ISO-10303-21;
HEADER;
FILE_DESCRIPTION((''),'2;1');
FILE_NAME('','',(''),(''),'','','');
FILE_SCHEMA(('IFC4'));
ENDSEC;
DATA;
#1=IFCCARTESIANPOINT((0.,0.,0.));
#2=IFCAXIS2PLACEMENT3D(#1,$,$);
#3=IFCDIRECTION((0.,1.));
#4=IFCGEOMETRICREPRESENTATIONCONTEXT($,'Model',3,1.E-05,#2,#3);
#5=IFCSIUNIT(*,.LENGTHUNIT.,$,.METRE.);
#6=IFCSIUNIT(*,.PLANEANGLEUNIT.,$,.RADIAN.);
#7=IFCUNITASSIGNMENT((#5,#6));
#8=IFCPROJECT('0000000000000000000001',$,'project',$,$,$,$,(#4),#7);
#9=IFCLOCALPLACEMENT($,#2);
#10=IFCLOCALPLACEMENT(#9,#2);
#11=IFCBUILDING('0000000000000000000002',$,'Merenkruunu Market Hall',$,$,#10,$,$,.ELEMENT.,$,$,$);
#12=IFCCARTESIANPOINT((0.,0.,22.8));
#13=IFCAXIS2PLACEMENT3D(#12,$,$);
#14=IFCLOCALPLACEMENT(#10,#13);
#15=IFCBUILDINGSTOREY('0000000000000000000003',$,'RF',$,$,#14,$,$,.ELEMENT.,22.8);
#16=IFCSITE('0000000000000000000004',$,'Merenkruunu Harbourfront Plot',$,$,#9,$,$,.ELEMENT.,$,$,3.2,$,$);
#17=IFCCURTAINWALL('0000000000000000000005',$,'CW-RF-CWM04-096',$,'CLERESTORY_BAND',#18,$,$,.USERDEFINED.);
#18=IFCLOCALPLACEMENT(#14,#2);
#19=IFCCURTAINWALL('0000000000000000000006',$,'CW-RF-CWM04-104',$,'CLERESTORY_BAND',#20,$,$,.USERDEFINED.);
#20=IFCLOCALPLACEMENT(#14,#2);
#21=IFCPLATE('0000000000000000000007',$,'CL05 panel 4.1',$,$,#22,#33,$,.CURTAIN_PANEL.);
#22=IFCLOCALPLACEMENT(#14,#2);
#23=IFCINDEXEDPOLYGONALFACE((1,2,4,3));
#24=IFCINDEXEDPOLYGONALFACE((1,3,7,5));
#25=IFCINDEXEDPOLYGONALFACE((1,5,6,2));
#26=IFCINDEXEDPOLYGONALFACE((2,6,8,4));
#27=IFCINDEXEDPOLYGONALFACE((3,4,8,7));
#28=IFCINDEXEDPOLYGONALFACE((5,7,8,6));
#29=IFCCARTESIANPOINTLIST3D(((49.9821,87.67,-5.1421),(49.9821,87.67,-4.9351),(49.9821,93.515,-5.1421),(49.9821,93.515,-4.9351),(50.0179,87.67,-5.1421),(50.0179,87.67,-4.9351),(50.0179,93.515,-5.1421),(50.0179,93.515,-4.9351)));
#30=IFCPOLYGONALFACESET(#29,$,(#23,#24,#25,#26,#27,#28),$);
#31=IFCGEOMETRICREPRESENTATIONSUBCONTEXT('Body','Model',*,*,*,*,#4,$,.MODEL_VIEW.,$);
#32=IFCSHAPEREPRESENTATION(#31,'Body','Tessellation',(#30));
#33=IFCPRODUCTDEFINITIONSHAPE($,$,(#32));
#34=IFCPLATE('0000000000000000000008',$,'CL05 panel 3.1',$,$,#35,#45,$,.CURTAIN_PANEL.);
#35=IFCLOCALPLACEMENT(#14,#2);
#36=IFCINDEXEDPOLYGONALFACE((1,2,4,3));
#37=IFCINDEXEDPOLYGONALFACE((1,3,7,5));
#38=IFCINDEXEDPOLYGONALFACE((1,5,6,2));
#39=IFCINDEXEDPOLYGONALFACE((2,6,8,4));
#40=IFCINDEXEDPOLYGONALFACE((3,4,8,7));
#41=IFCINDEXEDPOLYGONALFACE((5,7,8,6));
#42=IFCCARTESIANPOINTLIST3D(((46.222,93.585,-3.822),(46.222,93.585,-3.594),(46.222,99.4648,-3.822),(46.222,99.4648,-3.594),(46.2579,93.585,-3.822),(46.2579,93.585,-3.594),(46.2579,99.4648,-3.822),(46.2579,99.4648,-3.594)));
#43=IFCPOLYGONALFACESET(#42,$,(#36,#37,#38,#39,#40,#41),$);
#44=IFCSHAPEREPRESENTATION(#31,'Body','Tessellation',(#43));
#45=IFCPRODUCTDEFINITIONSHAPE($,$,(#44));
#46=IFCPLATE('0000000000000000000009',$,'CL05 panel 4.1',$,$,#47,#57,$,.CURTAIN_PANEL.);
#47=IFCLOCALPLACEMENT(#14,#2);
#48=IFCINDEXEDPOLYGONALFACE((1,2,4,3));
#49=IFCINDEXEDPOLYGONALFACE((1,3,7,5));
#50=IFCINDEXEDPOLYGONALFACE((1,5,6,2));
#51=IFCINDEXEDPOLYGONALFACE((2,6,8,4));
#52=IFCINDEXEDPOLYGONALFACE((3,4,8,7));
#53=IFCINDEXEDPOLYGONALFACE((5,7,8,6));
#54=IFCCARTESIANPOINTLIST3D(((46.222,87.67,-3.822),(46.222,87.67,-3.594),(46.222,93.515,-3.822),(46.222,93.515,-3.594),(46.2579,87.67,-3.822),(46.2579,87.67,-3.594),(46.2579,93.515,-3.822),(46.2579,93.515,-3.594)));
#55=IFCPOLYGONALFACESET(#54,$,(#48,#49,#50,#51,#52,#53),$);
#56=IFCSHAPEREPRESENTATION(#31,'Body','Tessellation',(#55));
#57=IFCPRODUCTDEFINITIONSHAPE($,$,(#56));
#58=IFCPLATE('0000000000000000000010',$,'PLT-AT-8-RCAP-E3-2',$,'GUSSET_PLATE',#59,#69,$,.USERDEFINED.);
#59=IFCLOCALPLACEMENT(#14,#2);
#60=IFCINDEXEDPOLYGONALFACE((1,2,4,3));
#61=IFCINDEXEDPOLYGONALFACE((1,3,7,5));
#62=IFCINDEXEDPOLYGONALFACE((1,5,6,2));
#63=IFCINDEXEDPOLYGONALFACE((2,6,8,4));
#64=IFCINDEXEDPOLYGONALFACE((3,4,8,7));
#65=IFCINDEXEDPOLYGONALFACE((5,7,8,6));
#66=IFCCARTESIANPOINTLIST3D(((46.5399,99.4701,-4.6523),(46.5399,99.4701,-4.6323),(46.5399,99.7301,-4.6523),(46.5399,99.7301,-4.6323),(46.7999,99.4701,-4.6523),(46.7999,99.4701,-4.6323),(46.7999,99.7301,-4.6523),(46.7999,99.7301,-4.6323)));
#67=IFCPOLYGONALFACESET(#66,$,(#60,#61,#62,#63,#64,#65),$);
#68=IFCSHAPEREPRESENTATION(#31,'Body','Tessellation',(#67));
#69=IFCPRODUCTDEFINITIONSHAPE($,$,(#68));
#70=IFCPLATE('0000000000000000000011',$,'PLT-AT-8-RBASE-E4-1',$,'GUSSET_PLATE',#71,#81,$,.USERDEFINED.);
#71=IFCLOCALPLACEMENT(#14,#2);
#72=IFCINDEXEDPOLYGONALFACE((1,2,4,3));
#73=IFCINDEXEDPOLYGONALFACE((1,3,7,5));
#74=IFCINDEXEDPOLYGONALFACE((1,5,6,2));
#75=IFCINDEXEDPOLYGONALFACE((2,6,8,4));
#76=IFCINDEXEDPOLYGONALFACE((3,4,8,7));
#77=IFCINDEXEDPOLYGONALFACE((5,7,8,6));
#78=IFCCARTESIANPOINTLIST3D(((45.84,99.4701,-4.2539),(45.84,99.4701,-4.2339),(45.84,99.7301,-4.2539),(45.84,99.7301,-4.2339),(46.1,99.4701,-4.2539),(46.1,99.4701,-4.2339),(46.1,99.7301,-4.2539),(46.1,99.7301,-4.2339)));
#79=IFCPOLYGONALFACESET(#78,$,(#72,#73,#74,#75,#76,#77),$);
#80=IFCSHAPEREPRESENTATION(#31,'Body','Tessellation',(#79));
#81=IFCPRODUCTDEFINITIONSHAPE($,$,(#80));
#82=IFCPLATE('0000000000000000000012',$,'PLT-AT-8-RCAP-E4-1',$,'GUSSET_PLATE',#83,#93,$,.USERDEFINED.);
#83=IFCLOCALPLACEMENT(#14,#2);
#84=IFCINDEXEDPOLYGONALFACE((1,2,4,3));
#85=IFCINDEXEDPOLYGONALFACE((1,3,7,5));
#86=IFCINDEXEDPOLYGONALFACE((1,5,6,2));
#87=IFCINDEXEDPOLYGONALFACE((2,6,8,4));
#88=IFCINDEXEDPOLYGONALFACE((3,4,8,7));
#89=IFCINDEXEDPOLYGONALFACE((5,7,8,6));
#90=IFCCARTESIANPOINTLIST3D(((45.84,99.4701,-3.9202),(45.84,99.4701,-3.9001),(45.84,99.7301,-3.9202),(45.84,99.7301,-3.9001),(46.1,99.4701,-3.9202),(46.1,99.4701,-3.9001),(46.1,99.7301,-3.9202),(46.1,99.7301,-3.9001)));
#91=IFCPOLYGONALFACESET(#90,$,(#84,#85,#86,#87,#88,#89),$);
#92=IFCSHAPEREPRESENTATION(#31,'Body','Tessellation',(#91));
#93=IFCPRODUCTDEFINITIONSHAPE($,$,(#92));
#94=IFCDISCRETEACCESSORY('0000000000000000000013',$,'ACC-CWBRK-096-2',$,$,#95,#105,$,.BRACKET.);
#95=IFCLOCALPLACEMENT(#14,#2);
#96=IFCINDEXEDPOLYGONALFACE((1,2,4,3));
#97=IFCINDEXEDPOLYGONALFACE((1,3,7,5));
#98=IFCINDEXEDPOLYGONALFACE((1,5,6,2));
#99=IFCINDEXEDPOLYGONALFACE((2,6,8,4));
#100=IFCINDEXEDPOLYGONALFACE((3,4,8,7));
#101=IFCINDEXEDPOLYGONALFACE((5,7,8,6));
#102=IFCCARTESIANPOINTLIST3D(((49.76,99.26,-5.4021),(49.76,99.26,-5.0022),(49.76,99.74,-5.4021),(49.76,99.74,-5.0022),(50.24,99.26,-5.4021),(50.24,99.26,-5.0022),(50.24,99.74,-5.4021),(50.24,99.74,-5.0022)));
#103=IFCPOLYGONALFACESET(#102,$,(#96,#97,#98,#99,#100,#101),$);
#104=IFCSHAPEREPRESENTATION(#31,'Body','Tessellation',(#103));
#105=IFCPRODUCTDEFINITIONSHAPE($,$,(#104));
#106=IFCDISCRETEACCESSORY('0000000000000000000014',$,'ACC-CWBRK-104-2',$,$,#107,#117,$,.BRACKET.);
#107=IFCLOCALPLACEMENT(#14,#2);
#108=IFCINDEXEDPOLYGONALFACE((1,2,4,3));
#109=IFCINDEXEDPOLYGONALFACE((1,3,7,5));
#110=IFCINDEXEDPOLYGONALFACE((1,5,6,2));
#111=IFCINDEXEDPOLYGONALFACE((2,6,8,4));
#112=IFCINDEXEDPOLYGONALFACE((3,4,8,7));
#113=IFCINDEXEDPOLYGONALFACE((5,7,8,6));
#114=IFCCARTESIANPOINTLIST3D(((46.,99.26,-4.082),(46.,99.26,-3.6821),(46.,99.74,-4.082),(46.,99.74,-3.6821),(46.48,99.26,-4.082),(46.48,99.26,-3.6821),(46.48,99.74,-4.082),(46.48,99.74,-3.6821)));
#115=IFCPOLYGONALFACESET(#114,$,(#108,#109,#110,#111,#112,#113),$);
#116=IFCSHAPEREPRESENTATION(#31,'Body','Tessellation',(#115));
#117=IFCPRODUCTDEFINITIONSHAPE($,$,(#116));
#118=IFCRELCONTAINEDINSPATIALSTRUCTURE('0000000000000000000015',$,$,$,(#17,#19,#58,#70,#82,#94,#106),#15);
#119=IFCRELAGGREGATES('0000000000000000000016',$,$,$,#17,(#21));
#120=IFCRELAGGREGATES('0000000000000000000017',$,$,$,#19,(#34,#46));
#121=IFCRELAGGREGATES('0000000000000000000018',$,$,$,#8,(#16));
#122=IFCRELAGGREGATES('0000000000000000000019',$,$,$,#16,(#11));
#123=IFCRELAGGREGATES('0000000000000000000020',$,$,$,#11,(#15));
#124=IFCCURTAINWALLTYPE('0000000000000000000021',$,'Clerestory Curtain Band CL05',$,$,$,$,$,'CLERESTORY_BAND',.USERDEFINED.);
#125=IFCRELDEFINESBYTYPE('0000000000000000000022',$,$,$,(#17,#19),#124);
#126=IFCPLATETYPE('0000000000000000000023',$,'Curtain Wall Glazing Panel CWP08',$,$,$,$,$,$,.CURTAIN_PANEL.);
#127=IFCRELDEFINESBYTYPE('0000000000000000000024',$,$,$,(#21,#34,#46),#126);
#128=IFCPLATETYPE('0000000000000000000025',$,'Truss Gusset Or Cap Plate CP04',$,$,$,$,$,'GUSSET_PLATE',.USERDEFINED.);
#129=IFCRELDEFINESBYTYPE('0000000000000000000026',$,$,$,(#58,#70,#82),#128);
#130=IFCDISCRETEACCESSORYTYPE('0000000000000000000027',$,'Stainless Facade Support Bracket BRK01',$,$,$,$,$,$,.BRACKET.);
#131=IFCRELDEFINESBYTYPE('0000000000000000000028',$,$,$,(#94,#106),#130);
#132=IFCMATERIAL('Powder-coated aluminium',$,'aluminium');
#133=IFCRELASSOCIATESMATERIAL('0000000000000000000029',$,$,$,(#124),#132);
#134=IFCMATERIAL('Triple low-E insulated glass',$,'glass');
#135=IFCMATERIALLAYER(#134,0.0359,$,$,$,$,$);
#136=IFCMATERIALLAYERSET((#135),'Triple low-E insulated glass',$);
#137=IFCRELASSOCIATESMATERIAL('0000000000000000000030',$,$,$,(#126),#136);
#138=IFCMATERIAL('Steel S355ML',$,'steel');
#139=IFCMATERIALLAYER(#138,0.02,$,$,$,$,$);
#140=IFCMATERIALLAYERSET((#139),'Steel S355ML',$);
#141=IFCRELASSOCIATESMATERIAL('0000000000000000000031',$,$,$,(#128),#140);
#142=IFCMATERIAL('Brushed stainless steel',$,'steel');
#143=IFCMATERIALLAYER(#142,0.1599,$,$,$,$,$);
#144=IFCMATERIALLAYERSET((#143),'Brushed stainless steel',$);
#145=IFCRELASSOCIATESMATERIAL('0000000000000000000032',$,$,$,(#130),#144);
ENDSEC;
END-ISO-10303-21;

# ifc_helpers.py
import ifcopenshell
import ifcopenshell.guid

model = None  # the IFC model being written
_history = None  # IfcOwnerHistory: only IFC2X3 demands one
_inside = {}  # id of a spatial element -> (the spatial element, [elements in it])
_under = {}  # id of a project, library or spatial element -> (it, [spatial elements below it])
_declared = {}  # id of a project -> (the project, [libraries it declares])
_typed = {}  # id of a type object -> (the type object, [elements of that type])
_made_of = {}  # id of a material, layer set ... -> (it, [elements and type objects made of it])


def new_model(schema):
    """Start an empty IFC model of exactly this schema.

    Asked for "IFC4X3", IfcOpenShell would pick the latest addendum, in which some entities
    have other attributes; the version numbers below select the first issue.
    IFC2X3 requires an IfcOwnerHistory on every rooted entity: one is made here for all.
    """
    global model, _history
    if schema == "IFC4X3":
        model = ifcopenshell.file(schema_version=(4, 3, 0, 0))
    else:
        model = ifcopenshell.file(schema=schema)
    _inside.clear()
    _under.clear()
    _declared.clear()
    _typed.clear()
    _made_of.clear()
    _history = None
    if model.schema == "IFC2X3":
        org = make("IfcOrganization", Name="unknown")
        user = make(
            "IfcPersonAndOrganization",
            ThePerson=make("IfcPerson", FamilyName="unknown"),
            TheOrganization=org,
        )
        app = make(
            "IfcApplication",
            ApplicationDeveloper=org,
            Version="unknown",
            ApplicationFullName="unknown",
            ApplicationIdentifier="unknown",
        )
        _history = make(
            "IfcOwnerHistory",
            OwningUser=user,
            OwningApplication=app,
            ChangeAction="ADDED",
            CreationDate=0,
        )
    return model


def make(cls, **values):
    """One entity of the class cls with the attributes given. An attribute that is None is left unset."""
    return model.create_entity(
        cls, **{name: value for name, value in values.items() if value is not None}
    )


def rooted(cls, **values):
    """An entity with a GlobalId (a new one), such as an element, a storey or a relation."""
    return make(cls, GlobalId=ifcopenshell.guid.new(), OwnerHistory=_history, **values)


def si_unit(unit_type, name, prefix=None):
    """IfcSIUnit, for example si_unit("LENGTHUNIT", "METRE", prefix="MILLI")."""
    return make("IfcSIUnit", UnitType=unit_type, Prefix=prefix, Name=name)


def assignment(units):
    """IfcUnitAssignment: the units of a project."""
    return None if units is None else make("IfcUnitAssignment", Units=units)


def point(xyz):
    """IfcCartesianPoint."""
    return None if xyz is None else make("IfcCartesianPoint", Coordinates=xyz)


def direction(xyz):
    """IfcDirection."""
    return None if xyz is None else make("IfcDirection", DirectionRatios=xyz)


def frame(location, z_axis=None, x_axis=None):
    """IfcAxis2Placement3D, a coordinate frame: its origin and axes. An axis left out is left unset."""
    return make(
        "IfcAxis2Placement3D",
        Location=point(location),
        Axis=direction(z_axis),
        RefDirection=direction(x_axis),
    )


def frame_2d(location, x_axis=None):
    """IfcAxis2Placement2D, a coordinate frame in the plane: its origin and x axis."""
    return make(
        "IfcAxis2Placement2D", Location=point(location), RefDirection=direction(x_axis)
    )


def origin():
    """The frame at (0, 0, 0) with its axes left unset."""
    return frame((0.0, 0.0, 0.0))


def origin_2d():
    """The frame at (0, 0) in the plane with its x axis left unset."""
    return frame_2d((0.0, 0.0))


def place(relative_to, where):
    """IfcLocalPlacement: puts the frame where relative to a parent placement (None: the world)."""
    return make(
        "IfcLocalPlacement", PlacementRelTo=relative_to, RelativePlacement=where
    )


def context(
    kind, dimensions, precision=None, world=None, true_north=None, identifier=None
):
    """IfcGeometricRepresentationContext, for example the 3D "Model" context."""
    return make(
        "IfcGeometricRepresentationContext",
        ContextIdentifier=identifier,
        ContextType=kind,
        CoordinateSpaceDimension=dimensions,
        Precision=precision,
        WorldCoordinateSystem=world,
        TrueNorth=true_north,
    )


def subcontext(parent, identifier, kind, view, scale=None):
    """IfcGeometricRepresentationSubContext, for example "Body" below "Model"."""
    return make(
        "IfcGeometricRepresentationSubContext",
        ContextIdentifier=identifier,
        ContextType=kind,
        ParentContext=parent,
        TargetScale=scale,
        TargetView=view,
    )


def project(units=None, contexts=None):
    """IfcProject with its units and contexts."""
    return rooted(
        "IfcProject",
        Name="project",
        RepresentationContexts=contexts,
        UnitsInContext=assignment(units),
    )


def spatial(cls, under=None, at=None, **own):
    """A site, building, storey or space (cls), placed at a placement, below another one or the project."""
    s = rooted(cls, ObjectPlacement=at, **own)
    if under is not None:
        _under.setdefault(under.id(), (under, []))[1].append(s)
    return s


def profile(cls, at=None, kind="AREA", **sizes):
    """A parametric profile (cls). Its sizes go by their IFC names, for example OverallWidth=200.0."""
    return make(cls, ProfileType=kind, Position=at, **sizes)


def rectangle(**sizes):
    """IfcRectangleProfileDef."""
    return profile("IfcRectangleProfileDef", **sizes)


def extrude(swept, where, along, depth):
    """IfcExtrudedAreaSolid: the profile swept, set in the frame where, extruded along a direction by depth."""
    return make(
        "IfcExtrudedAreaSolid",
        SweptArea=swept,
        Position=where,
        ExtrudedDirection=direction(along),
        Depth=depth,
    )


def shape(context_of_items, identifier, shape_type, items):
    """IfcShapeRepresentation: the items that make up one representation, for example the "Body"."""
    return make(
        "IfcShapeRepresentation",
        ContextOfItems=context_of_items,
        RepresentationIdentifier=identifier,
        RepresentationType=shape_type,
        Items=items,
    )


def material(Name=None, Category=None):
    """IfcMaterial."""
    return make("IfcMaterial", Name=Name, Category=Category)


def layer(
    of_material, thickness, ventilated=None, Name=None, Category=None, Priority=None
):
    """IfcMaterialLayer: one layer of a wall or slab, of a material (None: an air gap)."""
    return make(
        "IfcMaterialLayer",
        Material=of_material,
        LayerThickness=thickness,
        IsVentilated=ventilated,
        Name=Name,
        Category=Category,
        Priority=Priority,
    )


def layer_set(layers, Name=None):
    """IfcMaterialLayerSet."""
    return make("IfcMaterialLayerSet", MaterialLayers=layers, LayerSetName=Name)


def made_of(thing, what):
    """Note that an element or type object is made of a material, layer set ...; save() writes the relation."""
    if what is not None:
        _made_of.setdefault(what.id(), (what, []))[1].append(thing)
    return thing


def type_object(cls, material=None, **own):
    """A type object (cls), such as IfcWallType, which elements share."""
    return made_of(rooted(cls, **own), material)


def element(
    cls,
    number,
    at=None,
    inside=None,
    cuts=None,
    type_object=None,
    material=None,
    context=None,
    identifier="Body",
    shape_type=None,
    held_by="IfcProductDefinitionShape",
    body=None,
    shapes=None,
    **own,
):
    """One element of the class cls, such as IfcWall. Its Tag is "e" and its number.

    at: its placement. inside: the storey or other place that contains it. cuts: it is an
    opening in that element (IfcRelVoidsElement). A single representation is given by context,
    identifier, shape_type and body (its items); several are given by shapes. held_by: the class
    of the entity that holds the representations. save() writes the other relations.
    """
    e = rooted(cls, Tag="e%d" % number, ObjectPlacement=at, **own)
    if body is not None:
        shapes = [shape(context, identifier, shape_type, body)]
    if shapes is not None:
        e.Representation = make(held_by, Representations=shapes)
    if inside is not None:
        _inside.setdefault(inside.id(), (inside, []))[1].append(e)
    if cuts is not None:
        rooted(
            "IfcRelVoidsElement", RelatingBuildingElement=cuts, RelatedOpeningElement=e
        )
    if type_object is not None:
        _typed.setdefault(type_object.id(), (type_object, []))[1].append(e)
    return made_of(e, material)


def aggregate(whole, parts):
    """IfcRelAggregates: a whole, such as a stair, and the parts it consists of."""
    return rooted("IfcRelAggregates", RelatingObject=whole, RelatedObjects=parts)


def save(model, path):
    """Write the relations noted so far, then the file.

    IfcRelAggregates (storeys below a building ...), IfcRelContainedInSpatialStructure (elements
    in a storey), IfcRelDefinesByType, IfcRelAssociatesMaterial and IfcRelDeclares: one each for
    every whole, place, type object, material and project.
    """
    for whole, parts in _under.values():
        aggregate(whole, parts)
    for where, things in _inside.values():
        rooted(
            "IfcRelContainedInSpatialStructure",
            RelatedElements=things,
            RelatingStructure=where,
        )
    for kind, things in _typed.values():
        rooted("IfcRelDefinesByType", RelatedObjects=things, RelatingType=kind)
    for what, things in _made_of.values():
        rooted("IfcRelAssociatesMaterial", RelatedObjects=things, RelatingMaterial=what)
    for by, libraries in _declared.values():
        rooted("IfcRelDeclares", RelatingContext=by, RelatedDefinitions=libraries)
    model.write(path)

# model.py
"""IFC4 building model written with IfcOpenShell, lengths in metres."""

from ifc_helpers import new_model, si_unit, direction, frame, origin, origin_2d, place, context, subcontext, project, spatial, rectangle, extrude, material, layer, layer_set, type_object, element, aggregate, save


model = new_model("IFC4")

# Units and contexts
model_context = context("Model", 3, precision=1e-05, world=origin(), true_north=direction((0.0, 1.0)))
body_context = subcontext(model_context, "Body", "Model", "MODEL_VIEW")
ifc_project = project(units=[si_unit("LENGTHUNIT", "METRE"), si_unit("PLANEANGLEUNIT", "RADIAN")], contexts=[model_context])

# Site, building, storey
site_placement = place(None, origin())
site = spatial("IfcSite", under=ifc_project, at=site_placement, Name="Merenkruunu Harbourfront Plot", CompositionType="ELEMENT", RefElevation=3.2)
building_placement = place(site_placement, origin())
building = spatial("IfcBuilding", under=site, at=building_placement, Name="Merenkruunu Market Hall", CompositionType="ELEMENT")
storey_placement = place(building_placement, frame((0.0, 0.0, 22.8)))
storey = spatial("IfcBuildingStorey", under=building, at=storey_placement, Name="RF", CompositionType="ELEMENT", Elevation=22.8)

# Shared definitions
ifc_material_1 = material(Name="Steel S355ML", Category="steel")

# Curtain walls
ifc_material_2 = material(Name="Powder-coated aluminium", Category="aluminium")
curtain_wall_type = type_object("IfcCurtainWallType", Name="Clerestory Curtain Band CL05", ElementType="CLERESTORY_BAND", PredefinedType="USERDEFINED", material=ifc_material_2)
curtain_wall_1_placement = place(storey_placement, origin())
curtain_wall_1 = element("IfcCurtainWall", 1, at=curtain_wall_1_placement, inside=storey, type_object=curtain_wall_type, Name="CW-RF-CWM04-096", ObjectType="CLERESTORY_BAND", PredefinedType="USERDEFINED")
curtain_wall_2_placement = place(storey_placement, origin())
curtain_wall_2 = element("IfcCurtainWall", 2, at=curtain_wall_2_placement, inside=storey, type_object=curtain_wall_type, Name="CW-RF-CWM04-104", ObjectType="CLERESTORY_BAND", PredefinedType="USERDEFINED")

# Plates
ifc_material_3 = material(Name="Triple low-E insulated glass", Category="glass")
ifc_layer_1 = layer(ifc_material_3, 0.0359)
ifc_layer_set_1 = layer_set([ifc_layer_1], Name="Triple low-E insulated glass")
plate_type_1 = type_object("IfcPlateType", Name="Curtain Wall Glazing Panel CWP08", PredefinedType="CURTAIN_PANEL", material=ifc_layer_set_1)
plate_1_placement = place(storey_placement, frame((50.0, 90.5925, -5.1421), z_axis=(0.0, 0.0, 1.0), x_axis=(0.0, -1.0, 0.0)))
plate_1 = element("IfcPlate", 3, at=plate_1_placement, type_object=plate_type_1, Name="CL05 panel 4.1", PredefinedType="CURTAIN_PANEL", context=body_context, shape_type="SweptSolid", body=[
    extrude(rectangle(XDim=5.845, YDim=0.0359, at=origin_2d()), origin(), (0.0, 0.0, 1.0), 0.207),
])
aggregate(curtain_wall_1, [plate_1])
plate_2_placement = place(storey_placement, frame((46.24, 96.5249, -3.822), z_axis=(0.0, 0.0, 1.0), x_axis=(0.0, -1.0, 0.0)))
plate_2 = element("IfcPlate", 4, at=plate_2_placement, type_object=plate_type_1, Name="CL05 panel 3.1", PredefinedType="CURTAIN_PANEL", context=body_context, shape_type="SweptSolid", body=[
    extrude(rectangle(XDim=5.8799, YDim=0.0359, at=origin_2d()), origin(), (0.0, 0.0, 1.0), 0.228),
])
plate_3_placement = place(storey_placement, frame((46.24, 90.5925, -3.822), z_axis=(0.0, 0.0, 1.0), x_axis=(0.0, -1.0, 0.0)))
plate_3 = element("IfcPlate", 5, at=plate_3_placement, type_object=plate_type_1, Name="CL05 panel 4.1", PredefinedType="CURTAIN_PANEL", context=body_context, shape_type="SweptSolid", body=[
    extrude(rectangle(XDim=5.845, YDim=0.0359, at=origin_2d()), origin(), (0.0, 0.0, 1.0), 0.228),
])
aggregate(curtain_wall_2, [plate_2, plate_3])

# Plates
ifc_layer_2 = layer(ifc_material_1, 0.02)
ifc_layer_set_2 = layer_set([ifc_layer_2], Name="Steel S355ML")
plate_type_2 = type_object("IfcPlateType", Name="Truss Gusset Or Cap Plate CP04", ElementType="GUSSET_PLATE", PredefinedType="USERDEFINED", material=ifc_layer_set_2)
for number, where, z_axis, x_axis, name in (
    (6, (46.6699, 99.6001, -4.6523), (0.0, 0.0, 1.0), (1.0, 0.0, 0.0), "PLT-AT-8-RCAP-E3-2"),
    (7, (45.97, 99.6001, -4.2539), (0.0, 0.0, 1.0), (1.0, 0.0, 0.0), "PLT-AT-8-RBASE-E4-1"),
    (8, (45.97, 99.6001, -3.9202), (0.0, 0.0, 1.0), (1.0, 0.0, 0.0), "PLT-AT-8-RCAP-E4-1"),
):
    element("IfcPlate", number, at=place(storey_placement, frame(where, z_axis=z_axis, x_axis=x_axis)), inside=storey, type_object=plate_type_2, Name=name, ObjectType="GUSSET_PLATE", PredefinedType="USERDEFINED", context=body_context, shape_type="SweptSolid", body=[
        extrude(rectangle(XDim=0.26, YDim=0.26, at=origin_2d()), origin(), (0.0, 0.0, 1.0), 0.02),
    ])

# Discrete accessories
ifc_material_4 = material(Name="Brushed stainless steel", Category="steel")
ifc_layer_3 = layer(ifc_material_4, 0.1599)
ifc_layer_set_3 = layer_set([ifc_layer_3], Name="Brushed stainless steel")
discrete_accessory_type = type_object("IfcDiscreteAccessoryType", Name="Stainless Facade Support Bracket BRK01", PredefinedType="BRACKET", material=ifc_layer_set_3)
for number, where, z_axis, x_axis, name in (
    (9, (50.0, 99.5, -5.4021), (0.0, 0.0, 1.0), (1.0, 0.0, 0.0), "ACC-CWBRK-096-2"),
    (10, (46.24, 99.5, -4.082), (0.0, 0.0, 1.0), (1.0, 0.0, 0.0), "ACC-CWBRK-104-2"),
):
    element("IfcDiscreteAccessory", number, at=place(storey_placement, frame(where, z_axis=z_axis, x_axis=x_axis)), inside=storey, type_object=discrete_accessory_type, Name=name, PredefinedType="BRACKET", context=body_context, shape_type="SweptSolid", body=[
        extrude(rectangle(XDim=0.48, YDim=0.48, at=origin_2d()), origin(), (0.0, 0.0, 1.0), 0.3999),
    ])

save(model, "model.ifc")
